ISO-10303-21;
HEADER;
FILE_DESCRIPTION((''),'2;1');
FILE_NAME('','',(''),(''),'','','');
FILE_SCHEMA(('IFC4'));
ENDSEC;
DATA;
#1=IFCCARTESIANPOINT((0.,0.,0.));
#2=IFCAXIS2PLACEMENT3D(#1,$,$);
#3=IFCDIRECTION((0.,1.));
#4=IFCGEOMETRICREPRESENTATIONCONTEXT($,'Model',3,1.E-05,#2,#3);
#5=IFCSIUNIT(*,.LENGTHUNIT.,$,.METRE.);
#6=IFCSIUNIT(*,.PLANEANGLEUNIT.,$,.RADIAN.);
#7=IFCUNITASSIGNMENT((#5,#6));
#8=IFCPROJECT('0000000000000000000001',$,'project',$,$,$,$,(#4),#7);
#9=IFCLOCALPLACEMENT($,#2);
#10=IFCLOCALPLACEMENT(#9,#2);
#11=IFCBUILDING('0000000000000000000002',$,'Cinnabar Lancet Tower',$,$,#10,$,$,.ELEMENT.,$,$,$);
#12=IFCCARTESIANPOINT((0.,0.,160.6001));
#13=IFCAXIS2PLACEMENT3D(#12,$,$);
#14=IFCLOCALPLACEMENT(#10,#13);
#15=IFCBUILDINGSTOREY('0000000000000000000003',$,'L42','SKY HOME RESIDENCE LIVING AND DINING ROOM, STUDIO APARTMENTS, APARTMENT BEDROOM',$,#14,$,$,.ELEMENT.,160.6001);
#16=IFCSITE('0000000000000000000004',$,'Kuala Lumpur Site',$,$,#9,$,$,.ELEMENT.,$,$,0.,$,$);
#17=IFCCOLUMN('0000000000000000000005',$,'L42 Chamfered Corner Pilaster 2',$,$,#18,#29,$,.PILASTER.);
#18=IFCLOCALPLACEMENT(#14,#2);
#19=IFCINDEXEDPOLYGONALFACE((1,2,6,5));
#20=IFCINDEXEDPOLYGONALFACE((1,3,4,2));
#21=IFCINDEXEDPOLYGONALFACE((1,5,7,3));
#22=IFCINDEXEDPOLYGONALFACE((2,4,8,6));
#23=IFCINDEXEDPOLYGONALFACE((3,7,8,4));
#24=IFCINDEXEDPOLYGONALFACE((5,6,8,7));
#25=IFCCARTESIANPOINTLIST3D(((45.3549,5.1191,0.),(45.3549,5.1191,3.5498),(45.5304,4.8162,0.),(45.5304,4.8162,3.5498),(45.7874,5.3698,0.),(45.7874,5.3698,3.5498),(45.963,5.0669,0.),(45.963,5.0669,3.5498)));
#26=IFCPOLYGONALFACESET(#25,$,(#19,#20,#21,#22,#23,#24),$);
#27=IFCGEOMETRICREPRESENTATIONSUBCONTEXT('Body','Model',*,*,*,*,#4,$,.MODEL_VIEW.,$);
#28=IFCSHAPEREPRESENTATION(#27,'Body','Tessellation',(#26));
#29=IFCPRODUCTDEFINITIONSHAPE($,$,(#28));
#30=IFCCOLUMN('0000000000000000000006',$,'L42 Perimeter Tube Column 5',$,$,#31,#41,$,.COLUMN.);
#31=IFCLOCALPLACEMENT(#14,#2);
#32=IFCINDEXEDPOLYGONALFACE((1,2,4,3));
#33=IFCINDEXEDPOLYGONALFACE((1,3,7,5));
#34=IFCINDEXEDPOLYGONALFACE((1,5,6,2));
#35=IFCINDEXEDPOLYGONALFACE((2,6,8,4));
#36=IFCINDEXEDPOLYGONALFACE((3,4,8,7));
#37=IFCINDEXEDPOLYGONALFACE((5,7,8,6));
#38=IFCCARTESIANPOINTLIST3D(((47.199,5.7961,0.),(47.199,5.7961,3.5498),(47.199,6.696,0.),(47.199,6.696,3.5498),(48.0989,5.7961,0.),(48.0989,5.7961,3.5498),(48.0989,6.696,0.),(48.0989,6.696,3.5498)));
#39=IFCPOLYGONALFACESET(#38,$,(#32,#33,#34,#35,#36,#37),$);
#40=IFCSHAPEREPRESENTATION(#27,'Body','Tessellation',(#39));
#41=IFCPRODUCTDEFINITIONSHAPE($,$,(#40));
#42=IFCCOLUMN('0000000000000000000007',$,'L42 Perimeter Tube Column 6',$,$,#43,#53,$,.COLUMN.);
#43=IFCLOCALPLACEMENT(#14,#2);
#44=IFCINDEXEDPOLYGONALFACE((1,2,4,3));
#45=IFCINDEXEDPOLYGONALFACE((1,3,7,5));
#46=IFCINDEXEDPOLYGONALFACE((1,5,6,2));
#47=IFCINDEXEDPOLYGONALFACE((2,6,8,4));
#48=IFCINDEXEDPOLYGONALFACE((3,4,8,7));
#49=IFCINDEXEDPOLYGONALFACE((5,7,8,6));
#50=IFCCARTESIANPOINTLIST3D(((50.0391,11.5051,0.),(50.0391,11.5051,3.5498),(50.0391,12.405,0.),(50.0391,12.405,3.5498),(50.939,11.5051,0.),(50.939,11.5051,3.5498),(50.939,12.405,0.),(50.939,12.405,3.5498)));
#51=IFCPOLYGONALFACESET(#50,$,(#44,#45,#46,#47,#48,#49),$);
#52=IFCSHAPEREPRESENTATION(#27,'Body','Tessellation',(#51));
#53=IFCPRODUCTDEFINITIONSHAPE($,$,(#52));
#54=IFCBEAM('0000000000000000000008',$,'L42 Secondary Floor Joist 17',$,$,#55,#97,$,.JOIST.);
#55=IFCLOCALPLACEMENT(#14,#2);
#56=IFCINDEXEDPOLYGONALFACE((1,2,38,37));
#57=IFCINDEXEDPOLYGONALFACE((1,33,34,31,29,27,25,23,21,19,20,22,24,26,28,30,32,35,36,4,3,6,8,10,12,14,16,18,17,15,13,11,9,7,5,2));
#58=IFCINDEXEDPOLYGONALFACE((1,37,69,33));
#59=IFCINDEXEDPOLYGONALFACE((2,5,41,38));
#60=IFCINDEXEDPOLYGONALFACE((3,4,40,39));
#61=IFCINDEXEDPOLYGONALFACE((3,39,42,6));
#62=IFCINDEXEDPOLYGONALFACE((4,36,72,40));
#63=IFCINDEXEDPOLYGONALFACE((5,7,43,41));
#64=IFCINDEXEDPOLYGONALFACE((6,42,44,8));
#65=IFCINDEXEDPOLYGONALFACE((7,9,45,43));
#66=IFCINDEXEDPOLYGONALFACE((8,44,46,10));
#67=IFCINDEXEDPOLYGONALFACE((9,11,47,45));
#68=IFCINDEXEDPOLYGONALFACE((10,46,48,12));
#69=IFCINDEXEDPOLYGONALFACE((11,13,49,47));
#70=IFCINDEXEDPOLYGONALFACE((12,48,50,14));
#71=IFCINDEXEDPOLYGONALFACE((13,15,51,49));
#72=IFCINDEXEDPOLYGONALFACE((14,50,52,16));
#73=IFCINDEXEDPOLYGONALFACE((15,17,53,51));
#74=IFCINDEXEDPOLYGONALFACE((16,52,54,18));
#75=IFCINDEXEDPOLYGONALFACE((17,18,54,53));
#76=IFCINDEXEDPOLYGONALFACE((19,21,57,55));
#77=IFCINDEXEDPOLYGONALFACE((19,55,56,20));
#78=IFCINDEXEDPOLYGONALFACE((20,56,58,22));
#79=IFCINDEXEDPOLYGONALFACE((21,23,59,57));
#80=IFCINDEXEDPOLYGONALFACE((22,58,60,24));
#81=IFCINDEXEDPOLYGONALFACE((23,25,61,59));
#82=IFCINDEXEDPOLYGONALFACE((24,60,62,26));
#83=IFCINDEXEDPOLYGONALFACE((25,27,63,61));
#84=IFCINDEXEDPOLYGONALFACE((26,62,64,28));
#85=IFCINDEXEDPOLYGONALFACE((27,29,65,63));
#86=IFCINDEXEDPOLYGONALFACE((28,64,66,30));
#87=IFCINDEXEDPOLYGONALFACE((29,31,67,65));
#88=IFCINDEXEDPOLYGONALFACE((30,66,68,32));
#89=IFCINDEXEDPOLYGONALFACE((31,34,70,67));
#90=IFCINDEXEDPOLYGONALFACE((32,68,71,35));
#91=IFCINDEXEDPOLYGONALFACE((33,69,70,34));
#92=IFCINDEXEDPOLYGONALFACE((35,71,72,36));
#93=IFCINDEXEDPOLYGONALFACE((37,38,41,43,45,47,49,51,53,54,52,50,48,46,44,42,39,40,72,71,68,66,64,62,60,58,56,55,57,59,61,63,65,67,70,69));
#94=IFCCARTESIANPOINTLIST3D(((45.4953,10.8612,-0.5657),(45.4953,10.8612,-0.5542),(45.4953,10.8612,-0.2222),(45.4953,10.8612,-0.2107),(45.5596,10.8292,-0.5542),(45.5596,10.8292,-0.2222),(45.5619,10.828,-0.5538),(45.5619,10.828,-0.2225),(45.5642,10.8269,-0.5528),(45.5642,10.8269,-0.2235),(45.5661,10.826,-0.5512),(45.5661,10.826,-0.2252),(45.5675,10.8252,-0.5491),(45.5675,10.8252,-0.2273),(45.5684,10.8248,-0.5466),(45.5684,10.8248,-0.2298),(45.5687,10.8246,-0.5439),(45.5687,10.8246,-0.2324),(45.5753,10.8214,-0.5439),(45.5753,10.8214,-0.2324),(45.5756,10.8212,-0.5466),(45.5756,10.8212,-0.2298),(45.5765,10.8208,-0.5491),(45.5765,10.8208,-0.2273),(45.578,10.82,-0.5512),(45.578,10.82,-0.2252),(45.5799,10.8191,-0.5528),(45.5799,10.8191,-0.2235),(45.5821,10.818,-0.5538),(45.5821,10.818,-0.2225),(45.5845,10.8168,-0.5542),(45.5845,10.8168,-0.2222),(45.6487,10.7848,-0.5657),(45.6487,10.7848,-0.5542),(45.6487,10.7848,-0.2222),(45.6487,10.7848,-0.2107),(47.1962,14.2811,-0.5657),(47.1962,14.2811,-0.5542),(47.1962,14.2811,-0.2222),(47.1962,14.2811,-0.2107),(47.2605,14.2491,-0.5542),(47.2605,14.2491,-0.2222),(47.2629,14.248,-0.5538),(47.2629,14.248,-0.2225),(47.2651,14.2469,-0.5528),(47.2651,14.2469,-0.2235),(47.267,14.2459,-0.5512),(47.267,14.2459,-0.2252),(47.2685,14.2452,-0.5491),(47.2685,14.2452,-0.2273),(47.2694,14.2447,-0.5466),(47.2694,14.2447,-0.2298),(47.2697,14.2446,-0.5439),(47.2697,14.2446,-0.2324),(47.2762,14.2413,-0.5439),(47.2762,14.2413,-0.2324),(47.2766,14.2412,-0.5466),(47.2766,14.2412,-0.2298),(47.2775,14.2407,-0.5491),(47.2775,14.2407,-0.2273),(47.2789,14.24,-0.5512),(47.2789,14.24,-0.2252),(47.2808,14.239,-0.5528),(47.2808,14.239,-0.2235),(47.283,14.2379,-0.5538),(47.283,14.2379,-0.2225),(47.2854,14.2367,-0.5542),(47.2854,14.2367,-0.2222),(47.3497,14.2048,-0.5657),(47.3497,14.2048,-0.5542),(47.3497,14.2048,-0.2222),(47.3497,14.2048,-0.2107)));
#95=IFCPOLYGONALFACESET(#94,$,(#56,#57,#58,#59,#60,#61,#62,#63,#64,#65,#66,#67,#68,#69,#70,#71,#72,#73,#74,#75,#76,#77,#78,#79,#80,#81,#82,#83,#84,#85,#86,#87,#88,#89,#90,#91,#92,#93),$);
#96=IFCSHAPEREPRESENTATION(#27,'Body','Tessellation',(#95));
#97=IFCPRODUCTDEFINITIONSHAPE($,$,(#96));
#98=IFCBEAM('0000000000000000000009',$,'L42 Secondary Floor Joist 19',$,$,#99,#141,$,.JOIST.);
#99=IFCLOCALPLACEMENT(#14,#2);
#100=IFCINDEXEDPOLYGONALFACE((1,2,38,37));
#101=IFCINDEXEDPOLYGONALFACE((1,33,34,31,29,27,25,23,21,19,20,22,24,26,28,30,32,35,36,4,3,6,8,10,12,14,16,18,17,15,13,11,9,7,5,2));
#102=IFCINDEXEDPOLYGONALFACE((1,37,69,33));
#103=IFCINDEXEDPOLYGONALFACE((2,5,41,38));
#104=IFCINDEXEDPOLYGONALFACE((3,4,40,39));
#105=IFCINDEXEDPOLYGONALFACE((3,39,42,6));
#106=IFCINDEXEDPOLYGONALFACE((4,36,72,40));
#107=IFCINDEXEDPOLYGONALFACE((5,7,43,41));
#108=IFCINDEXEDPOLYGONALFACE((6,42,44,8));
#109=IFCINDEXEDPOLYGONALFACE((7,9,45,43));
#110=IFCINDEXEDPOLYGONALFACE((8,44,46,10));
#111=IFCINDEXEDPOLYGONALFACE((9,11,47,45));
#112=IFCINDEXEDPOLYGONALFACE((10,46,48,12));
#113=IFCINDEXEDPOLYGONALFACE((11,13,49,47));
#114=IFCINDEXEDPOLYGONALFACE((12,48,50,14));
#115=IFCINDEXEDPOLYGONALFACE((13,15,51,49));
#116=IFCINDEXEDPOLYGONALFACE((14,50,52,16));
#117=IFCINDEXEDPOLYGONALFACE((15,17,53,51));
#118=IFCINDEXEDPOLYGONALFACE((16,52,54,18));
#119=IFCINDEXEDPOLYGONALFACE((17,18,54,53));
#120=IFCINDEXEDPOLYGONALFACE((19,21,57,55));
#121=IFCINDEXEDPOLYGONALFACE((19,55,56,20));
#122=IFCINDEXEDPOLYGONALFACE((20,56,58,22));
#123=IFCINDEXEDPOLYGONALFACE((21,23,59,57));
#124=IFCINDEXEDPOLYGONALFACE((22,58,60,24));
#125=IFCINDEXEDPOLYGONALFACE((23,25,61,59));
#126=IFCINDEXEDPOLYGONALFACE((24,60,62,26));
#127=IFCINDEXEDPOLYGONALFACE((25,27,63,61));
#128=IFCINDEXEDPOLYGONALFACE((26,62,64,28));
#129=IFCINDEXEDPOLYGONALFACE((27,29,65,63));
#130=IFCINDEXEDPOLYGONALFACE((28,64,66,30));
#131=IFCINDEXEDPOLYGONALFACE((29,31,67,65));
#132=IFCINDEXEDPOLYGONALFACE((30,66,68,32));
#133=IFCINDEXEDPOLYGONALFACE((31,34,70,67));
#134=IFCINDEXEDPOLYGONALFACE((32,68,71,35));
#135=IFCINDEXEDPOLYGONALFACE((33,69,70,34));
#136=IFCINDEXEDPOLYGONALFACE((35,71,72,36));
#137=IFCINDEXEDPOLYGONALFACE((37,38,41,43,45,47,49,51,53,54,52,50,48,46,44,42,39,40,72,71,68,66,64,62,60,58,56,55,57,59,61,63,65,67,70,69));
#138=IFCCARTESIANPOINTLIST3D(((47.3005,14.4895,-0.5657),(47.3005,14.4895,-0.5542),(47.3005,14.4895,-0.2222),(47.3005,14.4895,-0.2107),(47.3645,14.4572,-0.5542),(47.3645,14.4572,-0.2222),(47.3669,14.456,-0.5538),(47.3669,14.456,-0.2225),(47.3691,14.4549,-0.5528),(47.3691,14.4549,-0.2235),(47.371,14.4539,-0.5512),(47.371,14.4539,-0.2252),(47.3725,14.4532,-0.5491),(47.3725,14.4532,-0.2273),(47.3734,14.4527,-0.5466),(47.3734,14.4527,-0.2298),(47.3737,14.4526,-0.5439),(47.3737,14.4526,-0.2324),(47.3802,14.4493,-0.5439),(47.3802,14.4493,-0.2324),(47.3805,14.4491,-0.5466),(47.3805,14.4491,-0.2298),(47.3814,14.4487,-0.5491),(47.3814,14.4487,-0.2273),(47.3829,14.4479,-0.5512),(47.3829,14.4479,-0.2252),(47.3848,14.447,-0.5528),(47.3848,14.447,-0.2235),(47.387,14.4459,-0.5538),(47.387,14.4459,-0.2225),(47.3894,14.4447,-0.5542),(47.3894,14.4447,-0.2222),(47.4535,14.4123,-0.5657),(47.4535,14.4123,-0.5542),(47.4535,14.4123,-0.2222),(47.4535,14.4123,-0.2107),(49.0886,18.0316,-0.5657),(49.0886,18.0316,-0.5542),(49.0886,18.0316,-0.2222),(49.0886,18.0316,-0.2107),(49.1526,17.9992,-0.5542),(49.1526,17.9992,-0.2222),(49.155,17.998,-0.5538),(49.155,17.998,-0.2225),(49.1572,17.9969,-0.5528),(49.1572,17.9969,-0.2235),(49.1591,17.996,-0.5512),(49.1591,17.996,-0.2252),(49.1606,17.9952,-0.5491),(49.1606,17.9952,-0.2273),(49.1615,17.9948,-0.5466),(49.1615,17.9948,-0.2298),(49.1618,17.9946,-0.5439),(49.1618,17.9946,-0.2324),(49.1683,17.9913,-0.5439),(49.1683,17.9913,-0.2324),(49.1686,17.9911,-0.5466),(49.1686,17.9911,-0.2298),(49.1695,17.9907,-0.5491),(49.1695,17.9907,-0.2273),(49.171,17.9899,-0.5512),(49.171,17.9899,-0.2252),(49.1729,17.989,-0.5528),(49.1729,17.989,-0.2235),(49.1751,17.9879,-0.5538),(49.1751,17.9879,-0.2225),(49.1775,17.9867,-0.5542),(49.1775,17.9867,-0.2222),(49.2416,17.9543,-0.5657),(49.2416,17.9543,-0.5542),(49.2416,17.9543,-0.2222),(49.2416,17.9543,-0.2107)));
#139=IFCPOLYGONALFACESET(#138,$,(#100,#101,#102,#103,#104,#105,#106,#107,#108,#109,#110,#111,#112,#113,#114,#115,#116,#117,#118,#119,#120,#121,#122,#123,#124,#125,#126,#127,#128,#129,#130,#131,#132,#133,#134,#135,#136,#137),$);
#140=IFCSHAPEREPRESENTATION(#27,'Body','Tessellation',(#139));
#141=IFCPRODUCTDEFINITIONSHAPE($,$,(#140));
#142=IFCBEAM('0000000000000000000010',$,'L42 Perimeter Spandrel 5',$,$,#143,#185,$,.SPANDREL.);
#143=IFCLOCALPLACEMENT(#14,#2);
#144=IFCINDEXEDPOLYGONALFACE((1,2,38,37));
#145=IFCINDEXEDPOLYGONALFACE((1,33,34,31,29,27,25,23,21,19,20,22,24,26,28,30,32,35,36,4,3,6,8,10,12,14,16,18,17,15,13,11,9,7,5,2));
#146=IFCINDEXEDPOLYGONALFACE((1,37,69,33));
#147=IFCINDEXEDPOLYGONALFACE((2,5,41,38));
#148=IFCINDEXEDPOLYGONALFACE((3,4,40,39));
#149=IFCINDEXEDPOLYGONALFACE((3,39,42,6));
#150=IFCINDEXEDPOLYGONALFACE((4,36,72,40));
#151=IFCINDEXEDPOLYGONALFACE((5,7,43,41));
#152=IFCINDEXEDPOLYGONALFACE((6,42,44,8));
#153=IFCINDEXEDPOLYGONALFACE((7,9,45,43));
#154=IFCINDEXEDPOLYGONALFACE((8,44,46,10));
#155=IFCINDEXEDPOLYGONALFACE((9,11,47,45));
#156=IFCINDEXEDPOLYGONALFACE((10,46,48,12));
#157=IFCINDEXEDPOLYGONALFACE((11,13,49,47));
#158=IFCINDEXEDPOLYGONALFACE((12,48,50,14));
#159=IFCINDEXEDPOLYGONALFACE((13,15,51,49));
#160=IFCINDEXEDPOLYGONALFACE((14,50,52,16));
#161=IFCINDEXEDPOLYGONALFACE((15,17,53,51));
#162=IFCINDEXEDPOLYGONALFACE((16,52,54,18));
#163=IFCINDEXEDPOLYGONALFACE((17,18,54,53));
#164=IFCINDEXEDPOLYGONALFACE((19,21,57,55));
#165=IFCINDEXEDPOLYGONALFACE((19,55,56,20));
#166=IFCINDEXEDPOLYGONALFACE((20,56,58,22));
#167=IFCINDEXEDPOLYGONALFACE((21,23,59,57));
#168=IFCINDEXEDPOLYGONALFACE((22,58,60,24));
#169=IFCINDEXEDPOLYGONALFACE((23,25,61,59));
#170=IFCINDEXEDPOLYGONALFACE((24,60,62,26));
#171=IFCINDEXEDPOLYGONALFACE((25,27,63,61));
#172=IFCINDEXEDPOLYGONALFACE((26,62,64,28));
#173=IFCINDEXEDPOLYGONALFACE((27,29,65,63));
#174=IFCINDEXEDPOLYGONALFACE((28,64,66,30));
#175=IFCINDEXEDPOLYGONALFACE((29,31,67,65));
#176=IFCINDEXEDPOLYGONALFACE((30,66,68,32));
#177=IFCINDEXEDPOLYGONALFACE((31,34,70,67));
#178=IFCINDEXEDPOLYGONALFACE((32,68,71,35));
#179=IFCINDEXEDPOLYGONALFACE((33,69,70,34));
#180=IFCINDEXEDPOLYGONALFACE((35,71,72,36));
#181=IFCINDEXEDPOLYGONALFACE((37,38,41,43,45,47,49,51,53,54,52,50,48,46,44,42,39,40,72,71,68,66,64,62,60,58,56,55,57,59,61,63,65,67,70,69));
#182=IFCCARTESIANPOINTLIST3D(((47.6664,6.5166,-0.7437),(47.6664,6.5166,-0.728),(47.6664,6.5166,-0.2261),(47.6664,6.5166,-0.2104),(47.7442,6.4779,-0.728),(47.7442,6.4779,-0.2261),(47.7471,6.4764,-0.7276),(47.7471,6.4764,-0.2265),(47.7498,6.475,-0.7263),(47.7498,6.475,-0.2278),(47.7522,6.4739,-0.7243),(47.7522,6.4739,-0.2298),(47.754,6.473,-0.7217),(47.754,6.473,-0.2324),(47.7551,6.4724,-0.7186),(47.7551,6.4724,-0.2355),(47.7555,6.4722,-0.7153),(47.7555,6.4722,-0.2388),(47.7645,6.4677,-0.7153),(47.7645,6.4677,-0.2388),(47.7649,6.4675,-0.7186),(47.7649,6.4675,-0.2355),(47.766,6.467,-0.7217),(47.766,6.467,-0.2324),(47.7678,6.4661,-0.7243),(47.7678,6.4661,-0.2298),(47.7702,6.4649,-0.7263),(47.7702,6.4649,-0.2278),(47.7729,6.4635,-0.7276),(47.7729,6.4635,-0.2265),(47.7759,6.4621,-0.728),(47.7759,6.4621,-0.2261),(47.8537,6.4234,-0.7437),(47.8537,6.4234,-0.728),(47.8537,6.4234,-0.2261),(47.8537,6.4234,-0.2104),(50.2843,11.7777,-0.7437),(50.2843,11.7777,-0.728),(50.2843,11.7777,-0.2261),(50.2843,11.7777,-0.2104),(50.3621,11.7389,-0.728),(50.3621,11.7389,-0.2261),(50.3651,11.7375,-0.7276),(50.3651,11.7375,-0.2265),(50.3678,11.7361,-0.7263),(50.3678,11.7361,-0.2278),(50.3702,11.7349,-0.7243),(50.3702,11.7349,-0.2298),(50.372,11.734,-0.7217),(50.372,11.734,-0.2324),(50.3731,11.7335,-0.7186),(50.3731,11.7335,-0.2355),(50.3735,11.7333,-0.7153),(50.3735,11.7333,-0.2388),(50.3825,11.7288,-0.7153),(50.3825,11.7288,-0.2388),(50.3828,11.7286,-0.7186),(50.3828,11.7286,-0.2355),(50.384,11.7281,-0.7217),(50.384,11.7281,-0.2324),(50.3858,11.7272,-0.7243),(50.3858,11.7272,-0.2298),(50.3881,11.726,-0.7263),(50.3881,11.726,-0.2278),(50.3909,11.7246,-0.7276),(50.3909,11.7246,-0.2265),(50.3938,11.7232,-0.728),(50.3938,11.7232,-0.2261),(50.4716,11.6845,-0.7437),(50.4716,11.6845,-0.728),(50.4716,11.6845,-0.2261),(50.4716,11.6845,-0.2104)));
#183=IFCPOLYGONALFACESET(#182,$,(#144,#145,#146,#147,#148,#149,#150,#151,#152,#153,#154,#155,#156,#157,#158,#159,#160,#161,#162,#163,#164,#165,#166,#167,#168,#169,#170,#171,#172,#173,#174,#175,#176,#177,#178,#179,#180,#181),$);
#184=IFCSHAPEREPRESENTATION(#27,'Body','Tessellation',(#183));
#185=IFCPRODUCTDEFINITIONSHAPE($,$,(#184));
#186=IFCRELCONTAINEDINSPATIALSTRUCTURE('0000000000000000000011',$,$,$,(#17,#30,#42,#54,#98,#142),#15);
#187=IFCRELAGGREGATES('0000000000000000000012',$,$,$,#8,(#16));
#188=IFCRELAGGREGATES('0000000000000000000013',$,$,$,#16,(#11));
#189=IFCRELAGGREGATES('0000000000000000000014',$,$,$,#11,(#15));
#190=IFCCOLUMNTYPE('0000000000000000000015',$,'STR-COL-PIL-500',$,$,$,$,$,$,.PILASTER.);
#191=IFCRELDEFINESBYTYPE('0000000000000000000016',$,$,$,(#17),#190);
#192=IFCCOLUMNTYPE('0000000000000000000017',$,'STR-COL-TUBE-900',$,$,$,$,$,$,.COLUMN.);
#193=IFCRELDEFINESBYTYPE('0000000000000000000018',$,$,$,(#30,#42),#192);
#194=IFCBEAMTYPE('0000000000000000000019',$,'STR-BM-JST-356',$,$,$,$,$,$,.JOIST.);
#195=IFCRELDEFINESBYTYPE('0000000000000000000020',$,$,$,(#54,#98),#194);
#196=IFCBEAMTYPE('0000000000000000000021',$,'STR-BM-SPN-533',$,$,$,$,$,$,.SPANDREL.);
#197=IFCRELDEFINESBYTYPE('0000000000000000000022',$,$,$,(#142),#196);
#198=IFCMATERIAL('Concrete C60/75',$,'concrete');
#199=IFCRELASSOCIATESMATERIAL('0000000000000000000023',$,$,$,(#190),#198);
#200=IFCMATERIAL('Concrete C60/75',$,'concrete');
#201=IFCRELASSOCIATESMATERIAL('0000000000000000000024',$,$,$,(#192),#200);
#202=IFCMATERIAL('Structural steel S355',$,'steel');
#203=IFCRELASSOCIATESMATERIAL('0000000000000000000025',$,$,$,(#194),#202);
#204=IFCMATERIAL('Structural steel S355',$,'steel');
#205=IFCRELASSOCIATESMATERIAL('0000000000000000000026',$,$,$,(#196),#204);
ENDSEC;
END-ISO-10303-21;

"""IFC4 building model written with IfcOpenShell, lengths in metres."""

from ifc_helpers import new_model, si_unit, direction, frame, origin, origin_2d, place, context, subcontext, project, spatial, rectangle, i_section, extrude, material, material_profile, profile_set, type_object, element, save


model = new_model("IFC4")

# Units and contexts
model_context = context("Model", 3, precision=1e-05, world=origin(), true_north=direction((0.0, 1.0)))
body_context = subcontext(model_context, "Body", "Model", "MODEL_VIEW")
ifc_project = project(units=[si_unit("LENGTHUNIT", "METRE"), si_unit("PLANEANGLEUNIT", "RADIAN")], contexts=[model_context])

# Site, building, storey
site_placement = place(None, origin())
site = spatial("IfcSite", under=ifc_project, at=site_placement, Name="Kuala Lumpur Site", CompositionType="ELEMENT", RefElevation=0.0)
building_placement = place(site_placement, origin())
building = spatial("IfcBuilding", under=site, at=building_placement, Name="Cinnabar Lancet Tower", CompositionType="ELEMENT")
storey_placement = place(building_placement, frame((0.0, 0.0, 160.6001)))
storey = spatial("IfcBuildingStorey", under=building, at=storey_placement, Name="L42", Description="SKY HOME RESIDENCE LIVING AND DINING ROOM, STUDIO APARTMENTS, APARTMENT BEDROOM", CompositionType="ELEMENT", Elevation=160.6001)

# Columns
ifc_material_1 = material(Name="Concrete C60/75", Category="concrete")
ifc_material_profile_1 = material_profile(ifc_material_1, rectangle(XDim=0.5, YDim=0.3501, at=origin_2d()), Name="RC-PIL 500x350")
ifc_profile_set_1 = profile_set([ifc_material_profile_1], Name="Concrete C60/75")
column_type_1 = type_object("IfcColumnType", Name="STR-COL-PIL-500", PredefinedType="PILASTER", material=ifc_profile_set_1)
column_placement = place(storey_placement, frame((45.6589, 5.093, 0.0), z_axis=(0.0, 0.0, 1.0), x_axis=(0.86516, 0.501496, 0.0)))
element("IfcColumn", 1, at=column_placement, inside=storey, type_object=column_type_1, Name="L42 Chamfered Corner Pilaster 2", PredefinedType="PILASTER", context=body_context, shape_type="SweptSolid", body=[
    extrude(rectangle(XDim=0.5, YDim=0.3501, at=origin_2d()), origin(), (0.0, 0.0, 1.0), 3.5498),
])
ifc_material_2 = material(Name="Concrete C60/75", Category="concrete")
ifc_material_profile_2 = material_profile(ifc_material_2, rectangle(XDim=0.8999, YDim=0.8999, at=origin_2d()), Name="RC-COL 900x900")
ifc_profile_set_2 = profile_set([ifc_material_profile_2], Name="Concrete C60/75")
column_type_2 = type_object("IfcColumnType", Name="STR-COL-TUBE-900", PredefinedType="COLUMN", material=ifc_profile_set_2)
for number, where, z_axis, x_axis, name in (
    (2, (47.6489, 6.2461, 0.0), (0.0, 0.0, 1.0), (1.0, 0.0, 0.0), "L42 Perimeter Tube Column 5"),
    (3, (50.489, 11.9551, 0.0), (0.0, 0.0, 1.0), (1.0, 0.0, 0.0), "L42 Perimeter Tube Column 6"),
):
    element("IfcColumn", number, at=place(storey_placement, frame(where, z_axis=z_axis, x_axis=x_axis)), inside=storey, type_object=column_type_2, Name=name, PredefinedType="COLUMN", context=body_context, shape_type="SweptSolid", body=[
        extrude(rectangle(XDim=0.8999, YDim=0.8999, at=origin_2d()), origin(), (0.0, 0.0, 1.0), 3.5498),
    ])

# Beams
ifc_material_3 = material(Name="Structural steel S355", Category="steel")
ifc_material_profile_3 = material_profile(ifc_material_3, i_section(OverallWidth=0.1714, OverallDepth=0.355, WebThickness=0.0073, FlangeThickness=0.0115, FilletRadius=0.0103, at=origin_2d()), Name="UKB 356x171x51")
ifc_profile_set_3 = profile_set([ifc_material_profile_3], Name="Structural steel S355")
beam_type_1 = type_object("IfcBeamType", Name="STR-BM-JST-356", PredefinedType="JOIST", material=ifc_profile_set_3)
beam_1_placement = place(storey_placement, frame((45.572, 10.823, -0.3882), z_axis=(0.445321, 0.895371, 0.0), x_axis=(-0.895371, 0.445321, 0.0)))
element("IfcBeam", 4, at=beam_1_placement, inside=storey, type_object=beam_type_1, Name="L42 Secondary Floor Joist 17", PredefinedType="JOIST", context=body_context, shape_type="SweptSolid", body=[
    extrude(i_section(OverallWidth=0.1714, OverallDepth=0.355, WebThickness=0.0073, FlangeThickness=0.0115, FilletRadius=0.0103, at=origin_2d()), origin(), (0.0, 0.0, 1.0), 3.8196),
])
beam_2_placement = place(storey_placement, frame((47.377, 14.4509, -0.3882), z_axis=(0.450656, 0.892698, 0.0), x_axis=(-0.892698, 0.450656, 0.0)))
element("IfcBeam", 5, at=beam_2_placement, inside=storey, type_object=beam_type_1, Name="L42 Secondary Floor Joist 19", PredefinedType="JOIST", context=body_context, shape_type="SweptSolid", body=[
    extrude(i_section(OverallWidth=0.1714, OverallDepth=0.355, WebThickness=0.0073, FlangeThickness=0.0115, FilletRadius=0.0103, at=origin_2d()), origin(), (0.0, 0.0, 1.0), 3.9678),
])
ifc_material_4 = material(Name="Structural steel S355", Category="steel")
ifc_material_profile_4 = material_profile(ifc_material_4, i_section(OverallWidth=0.2092, OverallDepth=0.5332, WebThickness=0.01, FlangeThickness=0.0156, FilletRadius=0.0127, at=origin_2d()), Name="UKB 533x210x92")
ifc_profile_set_4 = profile_set([ifc_material_profile_4], Name="Structural steel S355")
beam_type_2 = type_object("IfcBeamType", Name="STR-BM-SPN-533", PredefinedType="SPANDREL", material=ifc_profile_set_4)
beam_3_placement = place(storey_placement, frame((47.76, 6.47, -0.4771), z_axis=(0.445501, 0.895281, 0.0), x_axis=(-0.895281, 0.445501, 0.0)))
element("IfcBeam", 6, at=beam_3_placement, inside=storey, type_object=beam_type_2, Name="L42 Perimeter Spandrel 5", PredefinedType="SPANDREL", context=body_context, shape_type="SweptSolid", body=[
    extrude(i_section(OverallWidth=0.2092, OverallDepth=0.5332, WebThickness=0.01, FlangeThickness=0.0156, FilletRadius=0.0127, at=origin_2d()), origin(), (0.0, 0.0, 1.0), 5.8765),
])

save(model, "model.ifc")
